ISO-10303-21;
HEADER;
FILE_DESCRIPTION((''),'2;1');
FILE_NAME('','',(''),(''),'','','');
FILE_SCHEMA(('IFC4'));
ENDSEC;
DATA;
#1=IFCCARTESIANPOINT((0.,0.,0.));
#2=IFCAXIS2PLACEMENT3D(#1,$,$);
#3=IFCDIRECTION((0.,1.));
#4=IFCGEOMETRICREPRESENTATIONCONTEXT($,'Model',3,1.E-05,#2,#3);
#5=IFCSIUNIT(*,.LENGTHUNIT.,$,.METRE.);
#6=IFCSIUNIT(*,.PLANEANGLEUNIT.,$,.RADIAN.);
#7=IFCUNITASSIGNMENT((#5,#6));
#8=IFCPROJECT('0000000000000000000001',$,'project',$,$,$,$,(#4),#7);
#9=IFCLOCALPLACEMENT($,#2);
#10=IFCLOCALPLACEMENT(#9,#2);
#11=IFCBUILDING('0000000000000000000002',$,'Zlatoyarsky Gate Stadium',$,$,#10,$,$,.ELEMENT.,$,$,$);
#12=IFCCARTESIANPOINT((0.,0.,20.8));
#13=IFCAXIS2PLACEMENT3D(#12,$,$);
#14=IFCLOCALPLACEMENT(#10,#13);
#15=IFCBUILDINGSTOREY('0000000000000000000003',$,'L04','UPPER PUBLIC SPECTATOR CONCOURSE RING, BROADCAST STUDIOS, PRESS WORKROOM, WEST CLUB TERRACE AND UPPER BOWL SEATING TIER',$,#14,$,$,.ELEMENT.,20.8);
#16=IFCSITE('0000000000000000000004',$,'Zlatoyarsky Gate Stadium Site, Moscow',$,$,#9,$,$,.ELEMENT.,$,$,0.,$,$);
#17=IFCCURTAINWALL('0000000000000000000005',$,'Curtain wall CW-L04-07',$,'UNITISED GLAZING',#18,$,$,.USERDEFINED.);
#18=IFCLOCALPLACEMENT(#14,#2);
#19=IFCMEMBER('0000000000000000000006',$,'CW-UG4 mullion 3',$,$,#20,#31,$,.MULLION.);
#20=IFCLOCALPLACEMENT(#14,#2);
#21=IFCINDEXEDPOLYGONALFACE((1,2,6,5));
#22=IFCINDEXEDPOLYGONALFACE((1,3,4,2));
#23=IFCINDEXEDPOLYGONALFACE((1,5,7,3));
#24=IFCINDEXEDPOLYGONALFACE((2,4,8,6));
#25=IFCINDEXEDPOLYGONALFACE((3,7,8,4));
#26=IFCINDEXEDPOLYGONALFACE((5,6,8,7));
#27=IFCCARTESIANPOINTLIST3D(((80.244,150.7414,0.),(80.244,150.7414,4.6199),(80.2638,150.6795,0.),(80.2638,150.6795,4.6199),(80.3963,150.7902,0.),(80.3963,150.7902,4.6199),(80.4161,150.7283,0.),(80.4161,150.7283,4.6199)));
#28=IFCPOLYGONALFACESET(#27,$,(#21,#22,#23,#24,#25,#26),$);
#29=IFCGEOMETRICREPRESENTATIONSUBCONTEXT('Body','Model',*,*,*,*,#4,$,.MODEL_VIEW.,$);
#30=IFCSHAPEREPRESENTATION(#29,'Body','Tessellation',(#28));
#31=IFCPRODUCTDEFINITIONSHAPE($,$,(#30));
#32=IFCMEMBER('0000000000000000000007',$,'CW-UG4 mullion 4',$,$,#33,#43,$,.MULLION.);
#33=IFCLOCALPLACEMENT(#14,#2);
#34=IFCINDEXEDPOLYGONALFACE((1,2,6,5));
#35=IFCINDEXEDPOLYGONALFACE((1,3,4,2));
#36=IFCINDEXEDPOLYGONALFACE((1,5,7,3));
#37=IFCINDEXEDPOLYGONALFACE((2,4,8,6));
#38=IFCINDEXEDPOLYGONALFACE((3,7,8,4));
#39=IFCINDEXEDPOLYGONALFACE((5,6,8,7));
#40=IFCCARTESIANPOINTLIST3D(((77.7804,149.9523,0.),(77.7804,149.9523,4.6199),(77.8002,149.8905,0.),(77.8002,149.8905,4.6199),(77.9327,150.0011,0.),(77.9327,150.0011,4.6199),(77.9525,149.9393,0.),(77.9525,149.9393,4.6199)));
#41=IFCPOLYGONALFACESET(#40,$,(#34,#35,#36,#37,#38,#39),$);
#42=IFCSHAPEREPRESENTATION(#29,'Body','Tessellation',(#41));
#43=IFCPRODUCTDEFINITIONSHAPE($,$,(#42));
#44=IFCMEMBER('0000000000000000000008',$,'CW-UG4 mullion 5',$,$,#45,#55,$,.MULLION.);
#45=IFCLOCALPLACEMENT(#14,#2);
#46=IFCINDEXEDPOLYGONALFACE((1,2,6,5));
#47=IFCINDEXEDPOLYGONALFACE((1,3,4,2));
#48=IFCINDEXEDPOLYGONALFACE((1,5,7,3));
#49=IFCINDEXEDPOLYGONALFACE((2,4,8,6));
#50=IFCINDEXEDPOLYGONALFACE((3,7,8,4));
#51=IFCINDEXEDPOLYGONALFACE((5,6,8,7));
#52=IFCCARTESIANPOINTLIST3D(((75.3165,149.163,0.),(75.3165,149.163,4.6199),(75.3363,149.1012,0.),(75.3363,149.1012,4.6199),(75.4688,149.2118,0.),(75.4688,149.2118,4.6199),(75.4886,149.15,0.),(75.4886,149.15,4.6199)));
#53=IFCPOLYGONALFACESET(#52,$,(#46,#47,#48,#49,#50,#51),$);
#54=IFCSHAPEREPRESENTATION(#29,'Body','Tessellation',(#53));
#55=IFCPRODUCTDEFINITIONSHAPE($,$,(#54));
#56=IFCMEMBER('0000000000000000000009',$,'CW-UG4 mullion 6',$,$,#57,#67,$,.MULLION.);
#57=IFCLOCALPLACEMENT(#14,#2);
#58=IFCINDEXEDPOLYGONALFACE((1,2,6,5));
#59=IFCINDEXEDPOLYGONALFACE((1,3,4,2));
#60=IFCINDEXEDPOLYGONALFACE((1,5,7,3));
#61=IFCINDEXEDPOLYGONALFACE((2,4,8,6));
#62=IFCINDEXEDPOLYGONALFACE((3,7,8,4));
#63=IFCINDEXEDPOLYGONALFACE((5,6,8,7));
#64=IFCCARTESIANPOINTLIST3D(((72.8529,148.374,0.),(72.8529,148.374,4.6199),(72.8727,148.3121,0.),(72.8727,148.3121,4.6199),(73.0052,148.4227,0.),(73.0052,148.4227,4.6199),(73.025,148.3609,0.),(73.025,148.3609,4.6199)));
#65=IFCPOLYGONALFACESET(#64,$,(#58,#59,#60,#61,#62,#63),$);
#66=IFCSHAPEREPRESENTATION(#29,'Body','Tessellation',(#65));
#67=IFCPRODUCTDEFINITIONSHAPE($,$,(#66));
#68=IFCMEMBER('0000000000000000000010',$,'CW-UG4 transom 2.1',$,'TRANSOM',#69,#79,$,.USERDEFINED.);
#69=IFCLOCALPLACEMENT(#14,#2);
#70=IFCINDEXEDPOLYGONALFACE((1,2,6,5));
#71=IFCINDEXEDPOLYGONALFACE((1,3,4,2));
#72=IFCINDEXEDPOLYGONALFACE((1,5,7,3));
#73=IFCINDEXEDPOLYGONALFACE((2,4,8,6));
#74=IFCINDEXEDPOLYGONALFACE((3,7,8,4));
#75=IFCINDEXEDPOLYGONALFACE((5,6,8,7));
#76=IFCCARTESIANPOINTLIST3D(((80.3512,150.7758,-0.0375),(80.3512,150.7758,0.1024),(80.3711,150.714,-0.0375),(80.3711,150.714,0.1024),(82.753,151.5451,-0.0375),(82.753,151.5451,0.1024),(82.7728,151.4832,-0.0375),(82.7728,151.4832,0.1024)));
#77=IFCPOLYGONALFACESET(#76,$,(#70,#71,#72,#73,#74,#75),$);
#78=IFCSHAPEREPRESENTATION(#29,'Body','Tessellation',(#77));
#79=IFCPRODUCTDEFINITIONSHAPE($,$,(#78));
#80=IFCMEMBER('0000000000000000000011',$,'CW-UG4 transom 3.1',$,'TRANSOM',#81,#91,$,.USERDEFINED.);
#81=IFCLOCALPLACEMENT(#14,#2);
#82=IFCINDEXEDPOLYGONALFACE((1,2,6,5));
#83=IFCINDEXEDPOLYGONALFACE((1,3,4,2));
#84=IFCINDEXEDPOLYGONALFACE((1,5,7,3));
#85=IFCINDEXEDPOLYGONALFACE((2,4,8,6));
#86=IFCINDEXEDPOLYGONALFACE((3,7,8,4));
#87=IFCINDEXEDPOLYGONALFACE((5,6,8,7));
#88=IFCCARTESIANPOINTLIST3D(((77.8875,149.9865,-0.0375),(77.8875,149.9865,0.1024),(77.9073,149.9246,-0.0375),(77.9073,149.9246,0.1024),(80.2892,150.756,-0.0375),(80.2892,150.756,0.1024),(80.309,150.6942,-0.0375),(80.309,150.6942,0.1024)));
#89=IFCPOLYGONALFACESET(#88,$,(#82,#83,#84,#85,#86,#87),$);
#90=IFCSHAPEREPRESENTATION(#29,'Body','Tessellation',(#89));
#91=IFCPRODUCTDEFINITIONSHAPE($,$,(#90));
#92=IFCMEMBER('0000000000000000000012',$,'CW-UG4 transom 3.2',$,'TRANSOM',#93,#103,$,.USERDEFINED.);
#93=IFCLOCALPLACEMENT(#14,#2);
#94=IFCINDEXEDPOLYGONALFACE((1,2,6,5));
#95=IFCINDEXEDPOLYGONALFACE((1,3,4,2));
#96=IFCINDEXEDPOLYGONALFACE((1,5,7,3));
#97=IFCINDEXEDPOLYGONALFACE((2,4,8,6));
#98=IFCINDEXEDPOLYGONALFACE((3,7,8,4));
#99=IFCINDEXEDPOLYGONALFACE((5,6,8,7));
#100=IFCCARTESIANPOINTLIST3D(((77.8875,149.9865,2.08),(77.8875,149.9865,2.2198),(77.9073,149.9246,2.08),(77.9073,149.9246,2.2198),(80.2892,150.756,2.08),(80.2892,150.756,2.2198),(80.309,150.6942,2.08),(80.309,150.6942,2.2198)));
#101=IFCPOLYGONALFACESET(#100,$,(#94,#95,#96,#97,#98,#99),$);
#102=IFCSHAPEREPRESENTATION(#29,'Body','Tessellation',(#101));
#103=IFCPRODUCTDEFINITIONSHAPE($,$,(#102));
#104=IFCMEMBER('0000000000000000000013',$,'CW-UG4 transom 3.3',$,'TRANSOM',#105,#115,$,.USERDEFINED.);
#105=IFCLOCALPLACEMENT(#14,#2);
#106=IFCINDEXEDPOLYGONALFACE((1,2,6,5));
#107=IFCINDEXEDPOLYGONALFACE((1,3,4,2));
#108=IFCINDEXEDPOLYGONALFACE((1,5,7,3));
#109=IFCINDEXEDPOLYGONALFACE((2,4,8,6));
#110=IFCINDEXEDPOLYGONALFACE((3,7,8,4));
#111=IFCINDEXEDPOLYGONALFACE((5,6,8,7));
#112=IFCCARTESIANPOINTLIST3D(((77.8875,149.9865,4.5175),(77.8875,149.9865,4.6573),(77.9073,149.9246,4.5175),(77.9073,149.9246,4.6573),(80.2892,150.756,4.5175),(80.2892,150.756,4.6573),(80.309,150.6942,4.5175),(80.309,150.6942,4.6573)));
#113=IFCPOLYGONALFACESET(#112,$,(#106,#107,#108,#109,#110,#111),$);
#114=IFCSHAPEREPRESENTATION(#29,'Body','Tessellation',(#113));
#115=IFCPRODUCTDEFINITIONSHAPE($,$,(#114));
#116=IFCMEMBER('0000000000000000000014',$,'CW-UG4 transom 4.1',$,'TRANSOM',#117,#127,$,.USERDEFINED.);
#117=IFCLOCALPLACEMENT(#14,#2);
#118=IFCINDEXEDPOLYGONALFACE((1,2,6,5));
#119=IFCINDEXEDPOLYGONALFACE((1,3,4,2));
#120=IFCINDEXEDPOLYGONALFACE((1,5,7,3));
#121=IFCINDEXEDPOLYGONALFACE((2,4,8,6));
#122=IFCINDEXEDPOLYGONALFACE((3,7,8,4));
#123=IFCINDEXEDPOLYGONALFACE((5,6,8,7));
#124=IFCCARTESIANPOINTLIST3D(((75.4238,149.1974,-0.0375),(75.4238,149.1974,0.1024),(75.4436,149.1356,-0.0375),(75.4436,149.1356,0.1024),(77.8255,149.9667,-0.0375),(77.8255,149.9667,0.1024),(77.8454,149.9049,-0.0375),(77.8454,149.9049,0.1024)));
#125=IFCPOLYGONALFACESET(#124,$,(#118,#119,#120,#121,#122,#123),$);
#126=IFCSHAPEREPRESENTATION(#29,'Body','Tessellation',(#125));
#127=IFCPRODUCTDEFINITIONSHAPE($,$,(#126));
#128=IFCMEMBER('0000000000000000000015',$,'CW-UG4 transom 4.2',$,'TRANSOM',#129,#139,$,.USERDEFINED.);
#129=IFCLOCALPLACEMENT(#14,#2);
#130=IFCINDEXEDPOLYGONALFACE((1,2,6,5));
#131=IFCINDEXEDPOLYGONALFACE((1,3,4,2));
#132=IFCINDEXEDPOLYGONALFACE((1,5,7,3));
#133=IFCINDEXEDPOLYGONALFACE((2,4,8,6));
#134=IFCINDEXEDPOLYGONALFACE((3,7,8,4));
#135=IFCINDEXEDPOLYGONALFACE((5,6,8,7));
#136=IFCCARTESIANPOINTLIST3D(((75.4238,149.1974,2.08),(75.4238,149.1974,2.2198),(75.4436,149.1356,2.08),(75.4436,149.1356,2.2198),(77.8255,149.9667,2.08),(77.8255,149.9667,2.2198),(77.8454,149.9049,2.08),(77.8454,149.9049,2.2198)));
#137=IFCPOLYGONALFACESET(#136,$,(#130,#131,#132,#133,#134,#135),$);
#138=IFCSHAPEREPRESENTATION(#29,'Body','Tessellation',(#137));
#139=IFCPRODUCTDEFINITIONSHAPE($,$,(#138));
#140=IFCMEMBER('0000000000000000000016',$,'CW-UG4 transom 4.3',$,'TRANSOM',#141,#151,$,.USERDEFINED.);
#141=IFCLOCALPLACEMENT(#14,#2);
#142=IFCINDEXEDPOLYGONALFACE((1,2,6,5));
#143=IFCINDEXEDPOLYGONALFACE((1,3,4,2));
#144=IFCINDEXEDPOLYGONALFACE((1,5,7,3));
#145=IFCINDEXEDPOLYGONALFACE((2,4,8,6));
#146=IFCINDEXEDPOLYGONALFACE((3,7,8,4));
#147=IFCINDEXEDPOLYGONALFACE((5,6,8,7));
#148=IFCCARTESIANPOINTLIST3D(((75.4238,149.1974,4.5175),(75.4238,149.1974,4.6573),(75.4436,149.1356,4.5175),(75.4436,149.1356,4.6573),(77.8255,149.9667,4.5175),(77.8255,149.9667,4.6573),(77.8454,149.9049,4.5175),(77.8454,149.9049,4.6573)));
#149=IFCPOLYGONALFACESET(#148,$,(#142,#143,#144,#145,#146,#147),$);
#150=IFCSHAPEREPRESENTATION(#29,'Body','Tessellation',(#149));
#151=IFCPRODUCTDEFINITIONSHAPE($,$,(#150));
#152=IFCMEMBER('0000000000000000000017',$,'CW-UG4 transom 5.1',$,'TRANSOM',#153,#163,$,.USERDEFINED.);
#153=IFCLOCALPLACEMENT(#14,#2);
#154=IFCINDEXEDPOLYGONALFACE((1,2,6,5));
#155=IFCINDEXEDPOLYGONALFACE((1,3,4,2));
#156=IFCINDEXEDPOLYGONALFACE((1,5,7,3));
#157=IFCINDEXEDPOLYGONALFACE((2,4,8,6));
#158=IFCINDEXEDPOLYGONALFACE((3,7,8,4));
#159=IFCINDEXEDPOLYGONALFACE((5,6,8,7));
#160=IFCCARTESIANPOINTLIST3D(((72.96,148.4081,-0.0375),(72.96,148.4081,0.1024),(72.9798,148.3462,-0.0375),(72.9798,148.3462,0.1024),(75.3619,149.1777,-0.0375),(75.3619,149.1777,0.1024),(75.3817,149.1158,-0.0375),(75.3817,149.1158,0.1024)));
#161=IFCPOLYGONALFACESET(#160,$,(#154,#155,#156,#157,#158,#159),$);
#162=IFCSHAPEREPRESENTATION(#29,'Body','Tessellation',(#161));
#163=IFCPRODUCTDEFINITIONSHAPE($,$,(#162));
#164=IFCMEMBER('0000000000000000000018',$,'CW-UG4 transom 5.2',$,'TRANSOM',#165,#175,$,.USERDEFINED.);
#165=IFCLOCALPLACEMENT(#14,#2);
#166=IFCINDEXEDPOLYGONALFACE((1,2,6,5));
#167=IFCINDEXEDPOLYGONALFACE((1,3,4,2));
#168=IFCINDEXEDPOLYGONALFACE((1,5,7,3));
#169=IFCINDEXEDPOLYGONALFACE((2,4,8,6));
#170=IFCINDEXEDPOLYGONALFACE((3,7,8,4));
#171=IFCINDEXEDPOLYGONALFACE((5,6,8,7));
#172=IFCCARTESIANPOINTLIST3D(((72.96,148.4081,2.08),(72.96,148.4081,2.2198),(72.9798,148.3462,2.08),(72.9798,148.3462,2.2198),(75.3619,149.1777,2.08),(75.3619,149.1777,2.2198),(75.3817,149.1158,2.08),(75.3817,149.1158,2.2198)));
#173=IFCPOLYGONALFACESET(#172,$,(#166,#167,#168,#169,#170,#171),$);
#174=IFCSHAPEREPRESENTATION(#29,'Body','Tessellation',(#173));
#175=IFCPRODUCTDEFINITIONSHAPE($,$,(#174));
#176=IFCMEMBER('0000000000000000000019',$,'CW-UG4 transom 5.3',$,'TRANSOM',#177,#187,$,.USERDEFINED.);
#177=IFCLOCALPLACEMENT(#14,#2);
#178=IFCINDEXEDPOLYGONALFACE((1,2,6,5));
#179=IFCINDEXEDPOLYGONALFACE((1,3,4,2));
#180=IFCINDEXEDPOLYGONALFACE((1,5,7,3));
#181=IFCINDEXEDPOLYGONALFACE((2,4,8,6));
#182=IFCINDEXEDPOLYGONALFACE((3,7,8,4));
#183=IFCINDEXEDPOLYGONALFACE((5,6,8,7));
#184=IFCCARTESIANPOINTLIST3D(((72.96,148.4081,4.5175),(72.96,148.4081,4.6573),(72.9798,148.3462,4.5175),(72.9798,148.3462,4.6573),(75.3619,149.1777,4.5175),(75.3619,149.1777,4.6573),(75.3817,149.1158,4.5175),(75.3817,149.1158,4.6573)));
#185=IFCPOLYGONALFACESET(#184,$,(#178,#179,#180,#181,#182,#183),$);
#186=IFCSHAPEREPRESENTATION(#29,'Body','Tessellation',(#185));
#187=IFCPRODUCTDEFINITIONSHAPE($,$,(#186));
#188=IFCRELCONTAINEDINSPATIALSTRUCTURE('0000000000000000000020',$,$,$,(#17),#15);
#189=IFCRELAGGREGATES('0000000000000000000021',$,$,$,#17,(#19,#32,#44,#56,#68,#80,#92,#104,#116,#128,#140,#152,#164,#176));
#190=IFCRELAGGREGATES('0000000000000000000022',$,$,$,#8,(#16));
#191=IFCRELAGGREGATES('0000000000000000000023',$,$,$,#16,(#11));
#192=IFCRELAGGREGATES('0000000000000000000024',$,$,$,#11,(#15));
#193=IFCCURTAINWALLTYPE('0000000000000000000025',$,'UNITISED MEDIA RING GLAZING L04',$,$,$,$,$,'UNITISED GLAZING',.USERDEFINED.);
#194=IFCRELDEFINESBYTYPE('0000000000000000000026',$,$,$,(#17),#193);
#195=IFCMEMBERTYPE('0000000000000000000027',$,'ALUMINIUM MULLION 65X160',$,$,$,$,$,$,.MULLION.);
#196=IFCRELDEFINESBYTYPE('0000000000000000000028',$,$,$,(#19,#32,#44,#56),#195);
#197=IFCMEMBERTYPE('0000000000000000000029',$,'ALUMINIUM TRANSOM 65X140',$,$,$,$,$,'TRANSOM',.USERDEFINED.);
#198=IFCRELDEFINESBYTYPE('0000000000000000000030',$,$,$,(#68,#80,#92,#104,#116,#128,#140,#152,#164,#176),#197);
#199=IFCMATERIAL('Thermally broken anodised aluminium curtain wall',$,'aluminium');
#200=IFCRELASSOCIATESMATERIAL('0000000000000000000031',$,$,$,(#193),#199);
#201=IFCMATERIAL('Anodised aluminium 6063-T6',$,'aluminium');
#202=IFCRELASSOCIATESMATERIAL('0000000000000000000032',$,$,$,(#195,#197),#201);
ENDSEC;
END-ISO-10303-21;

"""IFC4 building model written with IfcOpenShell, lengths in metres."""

from ifc_helpers import new_model, si_unit, direction, frame, origin, origin_2d, place, context, subcontext, project, spatial, rectangle, extrude, material, material_profile, profile_set, type_object, element, aggregate, save


model = new_model("IFC4")

# Units and contexts
model_context = context("Model", 3, precision=1e-05, world=origin(), true_north=direction((0.0, 1.0)))
body_context = subcontext(model_context, "Body", "Model", "MODEL_VIEW")
ifc_project = project(units=[si_unit("LENGTHUNIT", "METRE"), si_unit("PLANEANGLEUNIT", "RADIAN")], contexts=[model_context])

# Site, building, storey
site_placement = place(None, origin())
site = spatial("IfcSite", under=ifc_project, at=site_placement, Name="Zlatoyarsky Gate Stadium Site, Moscow", CompositionType="ELEMENT", RefElevation=0.0)
building_placement = place(site_placement, origin())
building = spatial("IfcBuilding", under=site, at=building_placement, Name="Zlatoyarsky Gate Stadium", CompositionType="ELEMENT")
storey_placement = place(building_placement, frame((0.0, 0.0, 20.8)))
storey = spatial("IfcBuildingStorey", under=building, at=storey_placement, Name="L04", Description="UPPER PUBLIC SPECTATOR CONCOURSE RING, BROADCAST STUDIOS, PRESS WORKROOM, WEST CLUB TERRACE AND UPPER BOWL SEATING TIER", CompositionType="ELEMENT", Elevation=20.8)

# Curtain wall, members
ifc_material_1 = material(Name="Thermally broken anodised aluminium curtain wall", Category="aluminium")
curtain_wall_type = type_object("IfcCurtainWallType", Name="UNITISED MEDIA RING GLAZING L04", ElementType="UNITISED GLAZING", PredefinedType="USERDEFINED", material=ifc_material_1)
curtain_wall_placement = place(storey_placement, origin())
curtain_wall = element("IfcCurtainWall", 1, at=curtain_wall_placement, inside=storey, type_object=curtain_wall_type, Name="Curtain wall CW-L04-07", ObjectType="UNITISED GLAZING", PredefinedType="USERDEFINED")
ifc_material_2 = material(Name="Anodised aluminium 6063-T6", Category="aluminium")
ifc_material_profile_1 = material_profile(ifc_material_2, rectangle(XDim=0.0649, YDim=0.1599, at=origin_2d()), Name="ALU 65X160")
ifc_profile_set_1 = profile_set([ifc_material_profile_1], Name="Anodised aluminium 6063-T6")
member_type_1 = type_object("IfcMemberType", Name="ALUMINIUM MULLION 65X160", PredefinedType="MULLION", material=ifc_profile_set_1)
member_1_placement = place(storey_placement, frame((80.3301, 150.7349, 0.0), z_axis=(0.0, 0.0, 1.0), x_axis=(0.305066, -0.952331, 0.0)))
member_1 = element("IfcMember", 2, at=member_1_placement, type_object=member_type_1, Name="CW-UG4 mullion 3", PredefinedType="MULLION", context=body_context, shape_type="SweptSolid", body=[
    extrude(rectangle(XDim=0.0649, YDim=0.1599, at=origin_2d()), origin(), (0.0, 0.0, 1.0), 4.6199),
])
member_2_placement = place(storey_placement, frame((77.8665, 149.9458, 0.0), z_axis=(0.0, 0.0, 1.0), x_axis=(0.305066, -0.952331, 0.0)))
member_2 = element("IfcMember", 3, at=member_2_placement, type_object=member_type_1, Name="CW-UG4 mullion 4", PredefinedType="MULLION", context=body_context, shape_type="SweptSolid", body=[
    extrude(rectangle(XDim=0.0649, YDim=0.1599, at=origin_2d()), origin(), (0.0, 0.0, 1.0), 4.6199),
])
member_3_placement = place(storey_placement, frame((75.4026, 149.1565, 0.0), z_axis=(0.0, 0.0, 1.0), x_axis=(0.305066, -0.952331, 0.0)))
member_3 = element("IfcMember", 4, at=member_3_placement, type_object=member_type_1, Name="CW-UG4 mullion 5", PredefinedType="MULLION", context=body_context, shape_type="SweptSolid", body=[
    extrude(rectangle(XDim=0.0649, YDim=0.1599, at=origin_2d()), origin(), (0.0, 0.0, 1.0), 4.6199),
])
member_4_placement = place(storey_placement, frame((72.939, 148.3674, 0.0), z_axis=(0.0, 0.0, 1.0), x_axis=(0.305066, -0.952331, 0.0)))
member_4 = element("IfcMember", 5, at=member_4_placement, type_object=member_type_1, Name="CW-UG4 mullion 6", PredefinedType="MULLION", context=body_context, shape_type="SweptSolid", body=[
    extrude(rectangle(XDim=0.0649, YDim=0.1599, at=origin_2d()), origin(), (0.0, 0.0, 1.0), 4.6199),
])
ifc_material_profile_2 = material_profile(ifc_material_2, rectangle(XDim=0.0649, YDim=0.1399, at=origin_2d()), Name="ALU 65X140")
ifc_profile_set_2 = profile_set([ifc_material_profile_2], Name="Anodised aluminium 6063-T6")
member_type_2 = type_object("IfcMemberType", Name="ALUMINIUM TRANSOM 65X140", ElementType="TRANSOM", PredefinedType="USERDEFINED", material=ifc_profile_set_2)
member_5_placement = place(storey_placement, frame((82.7629, 151.5142, 0.0325), z_axis=(-0.952344, -0.305025, 0.0), x_axis=(0.305025, -0.952344, 0.0)))
member_5 = element("IfcMember", 6, at=member_5_placement, type_object=member_type_2, Name="CW-UG4 transom 2.1", ObjectType="TRANSOM", PredefinedType="USERDEFINED", context=body_context, shape_type="SweptSolid", body=[
    extrude(rectangle(XDim=0.0649, YDim=0.1399, at=origin_2d()), origin(), (0.0, 0.0, 1.0), 2.522),
])
member_6_placement = place(storey_placement, frame((80.2991, 150.7251, 0.0325), z_axis=(-0.952307, -0.305141, 0.0), x_axis=(0.305141, -0.952307, 0.0)))
member_6 = element("IfcMember", 7, at=member_6_placement, type_object=member_type_2, Name="CW-UG4 transom 3.1", ObjectType="TRANSOM", PredefinedType="USERDEFINED", context=body_context, shape_type="SweptSolid", body=[
    extrude(rectangle(XDim=0.0649, YDim=0.1399, at=origin_2d()), origin(), (0.0, 0.0, 1.0), 2.522),
])
member_7_placement = place(storey_placement, frame((80.2991, 150.7251, 2.1499), z_axis=(-0.952307, -0.305141, 0.0), x_axis=(0.305141, -0.952307, 0.0)))
member_7 = element("IfcMember", 8, at=member_7_placement, type_object=member_type_2, Name="CW-UG4 transom 3.2", ObjectType="TRANSOM", PredefinedType="USERDEFINED", context=body_context, shape_type="SweptSolid", body=[
    extrude(rectangle(XDim=0.0649, YDim=0.1399, at=origin_2d()), origin(), (0.0, 0.0, 1.0), 2.522),
])
member_8_placement = place(storey_placement, frame((80.2991, 150.7251, 4.5874), z_axis=(-0.952307, -0.305141, 0.0), x_axis=(0.305141, -0.952307, 0.0)))
member_8 = element("IfcMember", 9, at=member_8_placement, type_object=member_type_2, Name="CW-UG4 transom 3.3", ObjectType="TRANSOM", PredefinedType="USERDEFINED", context=body_context, shape_type="SweptSolid", body=[
    extrude(rectangle(XDim=0.0649, YDim=0.1399, at=origin_2d()), origin(), (0.0, 0.0, 1.0), 2.522),
])
member_9_placement = place(storey_placement, frame((77.8354, 149.9358, 0.0325), z_axis=(-0.952344, -0.305025, 0.0), x_axis=(0.305025, -0.952344, 0.0)))
member_9 = element("IfcMember", 10, at=member_9_placement, type_object=member_type_2, Name="CW-UG4 transom 4.1", ObjectType="TRANSOM", PredefinedType="USERDEFINED", context=body_context, shape_type="SweptSolid", body=[
    extrude(rectangle(XDim=0.0649, YDim=0.1399, at=origin_2d()), origin(), (0.0, 0.0, 1.0), 2.522),
])
member_10_placement = place(storey_placement, frame((77.8354, 149.9358, 2.1499), z_axis=(-0.952344, -0.305025, 0.0), x_axis=(0.305025, -0.952344, 0.0)))
member_10 = element("IfcMember", 11, at=member_10_placement, type_object=member_type_2, Name="CW-UG4 transom 4.2", ObjectType="TRANSOM", PredefinedType="USERDEFINED", context=body_context, shape_type="SweptSolid", body=[
    extrude(rectangle(XDim=0.0649, YDim=0.1399, at=origin_2d()), origin(), (0.0, 0.0, 1.0), 2.522),
])
member_11_placement = place(storey_placement, frame((77.8354, 149.9358, 4.5874), z_axis=(-0.952344, -0.305025, 0.0), x_axis=(0.305025, -0.952344, 0.0)))
member_11 = element("IfcMember", 12, at=member_11_placement, type_object=member_type_2, Name="CW-UG4 transom 4.3", ObjectType="TRANSOM", PredefinedType="USERDEFINED", context=body_context, shape_type="SweptSolid", body=[
    extrude(rectangle(XDim=0.0649, YDim=0.1399, at=origin_2d()), origin(), (0.0, 0.0, 1.0), 2.522),
])
member_12_placement = place(storey_placement, frame((75.3718, 149.1467, 0.0325), z_axis=(-0.952316, -0.305113, 0.0), x_axis=(0.305113, -0.952316, 0.0)))
member_12 = element("IfcMember", 13, at=member_12_placement, type_object=member_type_2, Name="CW-UG4 transom 5.1", ObjectType="TRANSOM", PredefinedType="USERDEFINED", context=body_context, shape_type="SweptSolid", body=[
    extrude(rectangle(XDim=0.0649, YDim=0.1399, at=origin_2d()), origin(), (0.0, 0.0, 1.0), 2.5222),
])
member_13_placement = place(storey_placement, frame((75.3718, 149.1467, 2.1499), z_axis=(-0.952316, -0.305113, 0.0), x_axis=(0.305113, -0.952316, 0.0)))
member_13 = element("IfcMember", 14, at=member_13_placement, type_object=member_type_2, Name="CW-UG4 transom 5.2", ObjectType="TRANSOM", PredefinedType="USERDEFINED", context=body_context, shape_type="SweptSolid", body=[
    extrude(rectangle(XDim=0.0649, YDim=0.1399, at=origin_2d()), origin(), (0.0, 0.0, 1.0), 2.5222),
])
member_14_placement = place(storey_placement, frame((75.3718, 149.1467, 4.5874), z_axis=(-0.952316, -0.305113, 0.0), x_axis=(0.305113, -0.952316, 0.0)))
member_14 = element("IfcMember", 15, at=member_14_placement, type_object=member_type_2, Name="CW-UG4 transom 5.3", ObjectType="TRANSOM", PredefinedType="USERDEFINED", context=body_context, shape_type="SweptSolid", body=[
    extrude(rectangle(XDim=0.0649, YDim=0.1399, at=origin_2d()), origin(), (0.0, 0.0, 1.0), 2.5222),
])

aggregate(curtain_wall, [member_1, member_2, member_3, member_4, member_5, member_6, member_7, member_8, member_9, member_10, member_11, member_12, member_13, member_14])

save(model, "model.ifc")
